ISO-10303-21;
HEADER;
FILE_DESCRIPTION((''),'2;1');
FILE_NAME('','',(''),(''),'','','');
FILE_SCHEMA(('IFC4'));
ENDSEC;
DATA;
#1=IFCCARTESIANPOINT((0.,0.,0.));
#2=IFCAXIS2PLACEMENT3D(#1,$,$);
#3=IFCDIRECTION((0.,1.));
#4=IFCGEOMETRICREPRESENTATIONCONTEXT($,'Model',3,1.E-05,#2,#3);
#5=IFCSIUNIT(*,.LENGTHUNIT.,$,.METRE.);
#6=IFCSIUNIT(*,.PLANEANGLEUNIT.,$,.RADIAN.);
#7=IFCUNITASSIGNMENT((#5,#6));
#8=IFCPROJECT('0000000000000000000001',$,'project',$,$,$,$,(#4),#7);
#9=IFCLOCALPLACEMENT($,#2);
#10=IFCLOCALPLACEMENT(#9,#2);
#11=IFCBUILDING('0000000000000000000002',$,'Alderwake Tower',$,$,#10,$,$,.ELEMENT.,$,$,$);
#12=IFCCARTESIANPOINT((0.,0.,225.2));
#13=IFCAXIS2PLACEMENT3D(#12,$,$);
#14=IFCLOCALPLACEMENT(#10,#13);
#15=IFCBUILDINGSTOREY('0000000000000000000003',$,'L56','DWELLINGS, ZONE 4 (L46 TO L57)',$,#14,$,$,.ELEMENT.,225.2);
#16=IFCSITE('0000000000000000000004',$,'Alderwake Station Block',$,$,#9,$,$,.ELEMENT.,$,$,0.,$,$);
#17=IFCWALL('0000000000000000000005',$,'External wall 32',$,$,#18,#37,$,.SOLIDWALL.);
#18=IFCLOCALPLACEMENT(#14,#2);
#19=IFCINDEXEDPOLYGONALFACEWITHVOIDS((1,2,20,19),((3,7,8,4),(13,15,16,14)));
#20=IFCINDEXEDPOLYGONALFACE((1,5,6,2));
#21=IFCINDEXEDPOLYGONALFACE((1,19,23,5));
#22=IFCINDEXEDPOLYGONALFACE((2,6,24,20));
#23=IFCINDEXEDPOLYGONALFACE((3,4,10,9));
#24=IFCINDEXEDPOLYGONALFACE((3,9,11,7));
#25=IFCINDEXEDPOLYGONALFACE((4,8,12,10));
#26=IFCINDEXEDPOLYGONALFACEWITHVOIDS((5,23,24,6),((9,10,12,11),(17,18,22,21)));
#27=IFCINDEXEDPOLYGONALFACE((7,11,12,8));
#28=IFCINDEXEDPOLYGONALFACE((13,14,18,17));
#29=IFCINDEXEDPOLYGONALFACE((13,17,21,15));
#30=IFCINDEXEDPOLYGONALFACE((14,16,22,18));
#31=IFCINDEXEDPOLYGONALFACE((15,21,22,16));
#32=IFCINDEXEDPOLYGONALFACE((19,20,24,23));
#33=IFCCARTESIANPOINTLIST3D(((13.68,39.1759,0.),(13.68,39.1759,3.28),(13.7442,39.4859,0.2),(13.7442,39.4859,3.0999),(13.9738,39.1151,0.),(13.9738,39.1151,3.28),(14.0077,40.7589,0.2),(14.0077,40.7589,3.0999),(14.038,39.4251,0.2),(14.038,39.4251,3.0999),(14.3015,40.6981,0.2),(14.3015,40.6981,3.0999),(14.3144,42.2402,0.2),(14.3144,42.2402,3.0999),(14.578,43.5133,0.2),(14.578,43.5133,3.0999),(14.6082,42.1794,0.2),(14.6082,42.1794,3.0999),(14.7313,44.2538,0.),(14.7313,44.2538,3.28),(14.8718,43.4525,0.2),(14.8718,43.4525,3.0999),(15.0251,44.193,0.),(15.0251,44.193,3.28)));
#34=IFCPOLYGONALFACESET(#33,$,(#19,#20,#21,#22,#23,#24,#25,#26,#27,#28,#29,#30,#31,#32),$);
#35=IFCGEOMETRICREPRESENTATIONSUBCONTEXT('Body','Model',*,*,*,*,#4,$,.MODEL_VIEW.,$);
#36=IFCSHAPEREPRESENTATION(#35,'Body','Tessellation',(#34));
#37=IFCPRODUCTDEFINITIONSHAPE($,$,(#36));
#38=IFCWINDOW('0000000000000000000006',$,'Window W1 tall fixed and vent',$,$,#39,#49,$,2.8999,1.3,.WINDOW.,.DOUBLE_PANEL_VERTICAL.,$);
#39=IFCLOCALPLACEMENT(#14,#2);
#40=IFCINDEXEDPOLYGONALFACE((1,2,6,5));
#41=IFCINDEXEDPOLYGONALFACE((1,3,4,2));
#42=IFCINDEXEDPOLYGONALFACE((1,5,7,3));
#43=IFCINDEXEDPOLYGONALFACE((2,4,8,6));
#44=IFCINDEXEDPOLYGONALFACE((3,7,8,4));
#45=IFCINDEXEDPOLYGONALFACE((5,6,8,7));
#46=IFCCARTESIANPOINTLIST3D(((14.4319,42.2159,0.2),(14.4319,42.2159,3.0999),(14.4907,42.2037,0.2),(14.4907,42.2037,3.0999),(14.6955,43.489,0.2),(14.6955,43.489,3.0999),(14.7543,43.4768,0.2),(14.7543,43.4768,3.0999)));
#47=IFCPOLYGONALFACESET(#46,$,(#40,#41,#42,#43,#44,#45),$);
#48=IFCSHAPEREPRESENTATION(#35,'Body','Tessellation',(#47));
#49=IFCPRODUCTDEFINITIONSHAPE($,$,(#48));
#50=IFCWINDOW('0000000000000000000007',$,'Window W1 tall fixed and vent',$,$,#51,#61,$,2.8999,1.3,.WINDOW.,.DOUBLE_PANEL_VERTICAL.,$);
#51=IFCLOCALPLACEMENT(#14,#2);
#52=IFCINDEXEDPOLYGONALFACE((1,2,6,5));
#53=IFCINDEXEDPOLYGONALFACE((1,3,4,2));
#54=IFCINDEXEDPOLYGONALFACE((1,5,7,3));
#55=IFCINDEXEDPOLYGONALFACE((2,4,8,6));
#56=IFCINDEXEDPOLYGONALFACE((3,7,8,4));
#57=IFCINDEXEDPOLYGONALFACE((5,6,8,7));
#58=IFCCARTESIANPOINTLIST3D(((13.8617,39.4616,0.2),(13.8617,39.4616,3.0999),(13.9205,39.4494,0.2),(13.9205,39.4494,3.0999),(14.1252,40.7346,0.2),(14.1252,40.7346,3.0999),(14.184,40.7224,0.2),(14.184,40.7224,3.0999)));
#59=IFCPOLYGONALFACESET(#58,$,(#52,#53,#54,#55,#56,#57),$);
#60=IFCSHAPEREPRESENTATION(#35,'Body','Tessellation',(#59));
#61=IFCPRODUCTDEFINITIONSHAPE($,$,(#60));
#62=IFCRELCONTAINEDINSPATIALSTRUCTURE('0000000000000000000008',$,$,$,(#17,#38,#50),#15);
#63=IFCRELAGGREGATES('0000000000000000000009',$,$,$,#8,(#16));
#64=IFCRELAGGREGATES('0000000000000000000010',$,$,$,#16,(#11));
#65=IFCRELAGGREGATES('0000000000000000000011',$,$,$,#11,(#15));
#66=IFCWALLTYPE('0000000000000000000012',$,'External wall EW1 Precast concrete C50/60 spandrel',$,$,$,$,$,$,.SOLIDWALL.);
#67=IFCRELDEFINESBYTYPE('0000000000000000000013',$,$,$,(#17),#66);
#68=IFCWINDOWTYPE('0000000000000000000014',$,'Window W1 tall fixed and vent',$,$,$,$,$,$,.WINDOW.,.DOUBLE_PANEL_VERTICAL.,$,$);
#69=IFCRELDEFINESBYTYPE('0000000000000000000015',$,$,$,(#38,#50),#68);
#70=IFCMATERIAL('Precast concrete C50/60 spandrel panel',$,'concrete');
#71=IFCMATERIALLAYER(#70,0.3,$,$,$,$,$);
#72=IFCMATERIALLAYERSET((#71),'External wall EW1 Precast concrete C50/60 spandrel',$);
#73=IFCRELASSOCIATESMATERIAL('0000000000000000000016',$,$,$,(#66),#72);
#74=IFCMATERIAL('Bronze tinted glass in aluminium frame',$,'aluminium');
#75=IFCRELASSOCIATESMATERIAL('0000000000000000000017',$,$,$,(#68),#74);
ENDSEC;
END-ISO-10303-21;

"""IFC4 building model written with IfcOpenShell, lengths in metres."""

from ifc_helpers import new_model, si_unit, direction, frame, frame_2d, origin, place, context, subcontext, project, spatial, rectangle, extrude, material, layer, layer_set, type_object, element, fill, save


model = new_model("IFC4")

# Units and contexts
model_context = context("Model", 3, precision=1e-05, world=origin(), true_north=direction((0.0, 1.0)))
body_context = subcontext(model_context, "Body", "Model", "MODEL_VIEW")
ifc_project = project(units=[si_unit("LENGTHUNIT", "METRE"), si_unit("PLANEANGLEUNIT", "RADIAN")], contexts=[model_context])

# Site, building, storey
site_placement = place(None, origin())
site = spatial("IfcSite", under=ifc_project, at=site_placement, Name="Alderwake Station Block", CompositionType="ELEMENT", RefElevation=0.0)
building_placement = place(site_placement, origin())
building = spatial("IfcBuilding", under=site, at=building_placement, Name="Alderwake Tower", CompositionType="ELEMENT")
storey_placement = place(building_placement, frame((0.0, 0.0, 225.2)))
storey = spatial("IfcBuildingStorey", under=building, at=storey_placement, Name="L56", Description="DWELLINGS, ZONE 4 (L46 TO L57)", CompositionType="ELEMENT", Elevation=225.2)

# Wall, openings, windows
ifc_material_1 = material(Name="Precast concrete C50/60 spandrel panel", Category="concrete")
ifc_layer_1 = layer(ifc_material_1, 0.3)
ifc_layer_set_1 = layer_set([ifc_layer_1], Name="External wall EW1 Precast concrete C50/60 spandrel")
wall_type_1 = type_object("IfcWallType", Name="External wall EW1 Precast concrete C50/60 spandrel", PredefinedType="SOLIDWALL", material=ifc_layer_set_1)
wall_1_placement = place(storey_placement, frame((14.8782, 44.2234, 0.0), z_axis=(0.0, 0.0, 1.0), x_axis=(-0.20273, -0.979235, 0.0)))
wall_1 = element("IfcWall", 1, at=wall_1_placement, inside=storey, type_object=wall_type_1, Name="External wall 32", PredefinedType="SOLIDWALL", context=body_context, shape_type="SweptSolid", body=[
    extrude(rectangle(XDim=5.1855, YDim=0.3, at=frame_2d((2.5928, 0.0))), origin(), (0.0, 0.0, 1.0), 3.28),
])
opening_1_placement = place(wall_1_placement, frame((0.7563, 0.0, 0.2)))
opening_1 = element("IfcOpeningElement", 2, at=opening_1_placement, cuts=wall_1, PredefinedType="OPENING", context=body_context, shape_type="SweptSolid", body=[
    extrude(rectangle(XDim=1.3, YDim=2.8999, at=frame_2d((0.6499, 1.45))), frame((0.0, 0.1599, 0.0), z_axis=(0.0, -1.0, 0.0), x_axis=(1.0, 0.0, 0.0)), (0.0, 0.0, 1.0), 0.3201),
])
opening_2_placement = place(wall_1_placement, frame((3.5691, 0.0, 0.2)))
opening_2 = element("IfcOpeningElement", 3, at=opening_2_placement, cuts=wall_1, PredefinedType="OPENING", context=body_context, shape_type="SweptSolid", body=[
    extrude(rectangle(XDim=1.3, YDim=2.8999, at=frame_2d((0.6499, 1.45))), frame((0.0, 0.1599, 0.0), z_axis=(0.0, -1.0, 0.0), x_axis=(1.0, 0.0, 0.0)), (0.0, 0.0, 1.0), 0.3201),
])
ifc_material_2 = material(Name="Bronze tinted glass in aluminium frame", Category="aluminium")
window_type = type_object("IfcWindowType", Name="Window W1 tall fixed and vent", PartitioningType="DOUBLE_PANEL_VERTICAL", PredefinedType="WINDOW", material=ifc_material_2)
window_1_placement = place(opening_1_placement, origin())
window_1 = element("IfcWindow", 4, at=window_1_placement, inside=storey, type_object=window_type, Name="Window W1 tall fixed and vent", OverallHeight=2.8999, OverallWidth=1.3, PartitioningType="DOUBLE_PANEL_VERTICAL", PredefinedType="WINDOW", context=body_context, shape_type="SweptSolid", body=[
    extrude(rectangle(XDim=1.3, YDim=2.8999, at=frame_2d((0.6499, 1.45))), frame((0.0, 0.03, 0.0), z_axis=(0.0, -1.0, 0.0), x_axis=(1.0, 0.0, 0.0)), (0.0, 0.0, 1.0), 0.0601),
])
fill(opening_1, window_1)
window_2_placement = place(opening_2_placement, origin())
window_2 = element("IfcWindow", 5, at=window_2_placement, inside=storey, type_object=window_type, Name="Window W1 tall fixed and vent", OverallHeight=2.8999, OverallWidth=1.3, PartitioningType="DOUBLE_PANEL_VERTICAL", PredefinedType="WINDOW", context=body_context, shape_type="SweptSolid", body=[
    extrude(rectangle(XDim=1.3, YDim=2.8999, at=frame_2d((0.6499, 1.45))), frame((0.0, 0.03, 0.0), z_axis=(0.0, -1.0, 0.0), x_axis=(1.0, 0.0, 0.0)), (0.0, 0.0, 1.0), 0.0601),
])
fill(opening_2, window_2)

save(model, "model.ifc")
